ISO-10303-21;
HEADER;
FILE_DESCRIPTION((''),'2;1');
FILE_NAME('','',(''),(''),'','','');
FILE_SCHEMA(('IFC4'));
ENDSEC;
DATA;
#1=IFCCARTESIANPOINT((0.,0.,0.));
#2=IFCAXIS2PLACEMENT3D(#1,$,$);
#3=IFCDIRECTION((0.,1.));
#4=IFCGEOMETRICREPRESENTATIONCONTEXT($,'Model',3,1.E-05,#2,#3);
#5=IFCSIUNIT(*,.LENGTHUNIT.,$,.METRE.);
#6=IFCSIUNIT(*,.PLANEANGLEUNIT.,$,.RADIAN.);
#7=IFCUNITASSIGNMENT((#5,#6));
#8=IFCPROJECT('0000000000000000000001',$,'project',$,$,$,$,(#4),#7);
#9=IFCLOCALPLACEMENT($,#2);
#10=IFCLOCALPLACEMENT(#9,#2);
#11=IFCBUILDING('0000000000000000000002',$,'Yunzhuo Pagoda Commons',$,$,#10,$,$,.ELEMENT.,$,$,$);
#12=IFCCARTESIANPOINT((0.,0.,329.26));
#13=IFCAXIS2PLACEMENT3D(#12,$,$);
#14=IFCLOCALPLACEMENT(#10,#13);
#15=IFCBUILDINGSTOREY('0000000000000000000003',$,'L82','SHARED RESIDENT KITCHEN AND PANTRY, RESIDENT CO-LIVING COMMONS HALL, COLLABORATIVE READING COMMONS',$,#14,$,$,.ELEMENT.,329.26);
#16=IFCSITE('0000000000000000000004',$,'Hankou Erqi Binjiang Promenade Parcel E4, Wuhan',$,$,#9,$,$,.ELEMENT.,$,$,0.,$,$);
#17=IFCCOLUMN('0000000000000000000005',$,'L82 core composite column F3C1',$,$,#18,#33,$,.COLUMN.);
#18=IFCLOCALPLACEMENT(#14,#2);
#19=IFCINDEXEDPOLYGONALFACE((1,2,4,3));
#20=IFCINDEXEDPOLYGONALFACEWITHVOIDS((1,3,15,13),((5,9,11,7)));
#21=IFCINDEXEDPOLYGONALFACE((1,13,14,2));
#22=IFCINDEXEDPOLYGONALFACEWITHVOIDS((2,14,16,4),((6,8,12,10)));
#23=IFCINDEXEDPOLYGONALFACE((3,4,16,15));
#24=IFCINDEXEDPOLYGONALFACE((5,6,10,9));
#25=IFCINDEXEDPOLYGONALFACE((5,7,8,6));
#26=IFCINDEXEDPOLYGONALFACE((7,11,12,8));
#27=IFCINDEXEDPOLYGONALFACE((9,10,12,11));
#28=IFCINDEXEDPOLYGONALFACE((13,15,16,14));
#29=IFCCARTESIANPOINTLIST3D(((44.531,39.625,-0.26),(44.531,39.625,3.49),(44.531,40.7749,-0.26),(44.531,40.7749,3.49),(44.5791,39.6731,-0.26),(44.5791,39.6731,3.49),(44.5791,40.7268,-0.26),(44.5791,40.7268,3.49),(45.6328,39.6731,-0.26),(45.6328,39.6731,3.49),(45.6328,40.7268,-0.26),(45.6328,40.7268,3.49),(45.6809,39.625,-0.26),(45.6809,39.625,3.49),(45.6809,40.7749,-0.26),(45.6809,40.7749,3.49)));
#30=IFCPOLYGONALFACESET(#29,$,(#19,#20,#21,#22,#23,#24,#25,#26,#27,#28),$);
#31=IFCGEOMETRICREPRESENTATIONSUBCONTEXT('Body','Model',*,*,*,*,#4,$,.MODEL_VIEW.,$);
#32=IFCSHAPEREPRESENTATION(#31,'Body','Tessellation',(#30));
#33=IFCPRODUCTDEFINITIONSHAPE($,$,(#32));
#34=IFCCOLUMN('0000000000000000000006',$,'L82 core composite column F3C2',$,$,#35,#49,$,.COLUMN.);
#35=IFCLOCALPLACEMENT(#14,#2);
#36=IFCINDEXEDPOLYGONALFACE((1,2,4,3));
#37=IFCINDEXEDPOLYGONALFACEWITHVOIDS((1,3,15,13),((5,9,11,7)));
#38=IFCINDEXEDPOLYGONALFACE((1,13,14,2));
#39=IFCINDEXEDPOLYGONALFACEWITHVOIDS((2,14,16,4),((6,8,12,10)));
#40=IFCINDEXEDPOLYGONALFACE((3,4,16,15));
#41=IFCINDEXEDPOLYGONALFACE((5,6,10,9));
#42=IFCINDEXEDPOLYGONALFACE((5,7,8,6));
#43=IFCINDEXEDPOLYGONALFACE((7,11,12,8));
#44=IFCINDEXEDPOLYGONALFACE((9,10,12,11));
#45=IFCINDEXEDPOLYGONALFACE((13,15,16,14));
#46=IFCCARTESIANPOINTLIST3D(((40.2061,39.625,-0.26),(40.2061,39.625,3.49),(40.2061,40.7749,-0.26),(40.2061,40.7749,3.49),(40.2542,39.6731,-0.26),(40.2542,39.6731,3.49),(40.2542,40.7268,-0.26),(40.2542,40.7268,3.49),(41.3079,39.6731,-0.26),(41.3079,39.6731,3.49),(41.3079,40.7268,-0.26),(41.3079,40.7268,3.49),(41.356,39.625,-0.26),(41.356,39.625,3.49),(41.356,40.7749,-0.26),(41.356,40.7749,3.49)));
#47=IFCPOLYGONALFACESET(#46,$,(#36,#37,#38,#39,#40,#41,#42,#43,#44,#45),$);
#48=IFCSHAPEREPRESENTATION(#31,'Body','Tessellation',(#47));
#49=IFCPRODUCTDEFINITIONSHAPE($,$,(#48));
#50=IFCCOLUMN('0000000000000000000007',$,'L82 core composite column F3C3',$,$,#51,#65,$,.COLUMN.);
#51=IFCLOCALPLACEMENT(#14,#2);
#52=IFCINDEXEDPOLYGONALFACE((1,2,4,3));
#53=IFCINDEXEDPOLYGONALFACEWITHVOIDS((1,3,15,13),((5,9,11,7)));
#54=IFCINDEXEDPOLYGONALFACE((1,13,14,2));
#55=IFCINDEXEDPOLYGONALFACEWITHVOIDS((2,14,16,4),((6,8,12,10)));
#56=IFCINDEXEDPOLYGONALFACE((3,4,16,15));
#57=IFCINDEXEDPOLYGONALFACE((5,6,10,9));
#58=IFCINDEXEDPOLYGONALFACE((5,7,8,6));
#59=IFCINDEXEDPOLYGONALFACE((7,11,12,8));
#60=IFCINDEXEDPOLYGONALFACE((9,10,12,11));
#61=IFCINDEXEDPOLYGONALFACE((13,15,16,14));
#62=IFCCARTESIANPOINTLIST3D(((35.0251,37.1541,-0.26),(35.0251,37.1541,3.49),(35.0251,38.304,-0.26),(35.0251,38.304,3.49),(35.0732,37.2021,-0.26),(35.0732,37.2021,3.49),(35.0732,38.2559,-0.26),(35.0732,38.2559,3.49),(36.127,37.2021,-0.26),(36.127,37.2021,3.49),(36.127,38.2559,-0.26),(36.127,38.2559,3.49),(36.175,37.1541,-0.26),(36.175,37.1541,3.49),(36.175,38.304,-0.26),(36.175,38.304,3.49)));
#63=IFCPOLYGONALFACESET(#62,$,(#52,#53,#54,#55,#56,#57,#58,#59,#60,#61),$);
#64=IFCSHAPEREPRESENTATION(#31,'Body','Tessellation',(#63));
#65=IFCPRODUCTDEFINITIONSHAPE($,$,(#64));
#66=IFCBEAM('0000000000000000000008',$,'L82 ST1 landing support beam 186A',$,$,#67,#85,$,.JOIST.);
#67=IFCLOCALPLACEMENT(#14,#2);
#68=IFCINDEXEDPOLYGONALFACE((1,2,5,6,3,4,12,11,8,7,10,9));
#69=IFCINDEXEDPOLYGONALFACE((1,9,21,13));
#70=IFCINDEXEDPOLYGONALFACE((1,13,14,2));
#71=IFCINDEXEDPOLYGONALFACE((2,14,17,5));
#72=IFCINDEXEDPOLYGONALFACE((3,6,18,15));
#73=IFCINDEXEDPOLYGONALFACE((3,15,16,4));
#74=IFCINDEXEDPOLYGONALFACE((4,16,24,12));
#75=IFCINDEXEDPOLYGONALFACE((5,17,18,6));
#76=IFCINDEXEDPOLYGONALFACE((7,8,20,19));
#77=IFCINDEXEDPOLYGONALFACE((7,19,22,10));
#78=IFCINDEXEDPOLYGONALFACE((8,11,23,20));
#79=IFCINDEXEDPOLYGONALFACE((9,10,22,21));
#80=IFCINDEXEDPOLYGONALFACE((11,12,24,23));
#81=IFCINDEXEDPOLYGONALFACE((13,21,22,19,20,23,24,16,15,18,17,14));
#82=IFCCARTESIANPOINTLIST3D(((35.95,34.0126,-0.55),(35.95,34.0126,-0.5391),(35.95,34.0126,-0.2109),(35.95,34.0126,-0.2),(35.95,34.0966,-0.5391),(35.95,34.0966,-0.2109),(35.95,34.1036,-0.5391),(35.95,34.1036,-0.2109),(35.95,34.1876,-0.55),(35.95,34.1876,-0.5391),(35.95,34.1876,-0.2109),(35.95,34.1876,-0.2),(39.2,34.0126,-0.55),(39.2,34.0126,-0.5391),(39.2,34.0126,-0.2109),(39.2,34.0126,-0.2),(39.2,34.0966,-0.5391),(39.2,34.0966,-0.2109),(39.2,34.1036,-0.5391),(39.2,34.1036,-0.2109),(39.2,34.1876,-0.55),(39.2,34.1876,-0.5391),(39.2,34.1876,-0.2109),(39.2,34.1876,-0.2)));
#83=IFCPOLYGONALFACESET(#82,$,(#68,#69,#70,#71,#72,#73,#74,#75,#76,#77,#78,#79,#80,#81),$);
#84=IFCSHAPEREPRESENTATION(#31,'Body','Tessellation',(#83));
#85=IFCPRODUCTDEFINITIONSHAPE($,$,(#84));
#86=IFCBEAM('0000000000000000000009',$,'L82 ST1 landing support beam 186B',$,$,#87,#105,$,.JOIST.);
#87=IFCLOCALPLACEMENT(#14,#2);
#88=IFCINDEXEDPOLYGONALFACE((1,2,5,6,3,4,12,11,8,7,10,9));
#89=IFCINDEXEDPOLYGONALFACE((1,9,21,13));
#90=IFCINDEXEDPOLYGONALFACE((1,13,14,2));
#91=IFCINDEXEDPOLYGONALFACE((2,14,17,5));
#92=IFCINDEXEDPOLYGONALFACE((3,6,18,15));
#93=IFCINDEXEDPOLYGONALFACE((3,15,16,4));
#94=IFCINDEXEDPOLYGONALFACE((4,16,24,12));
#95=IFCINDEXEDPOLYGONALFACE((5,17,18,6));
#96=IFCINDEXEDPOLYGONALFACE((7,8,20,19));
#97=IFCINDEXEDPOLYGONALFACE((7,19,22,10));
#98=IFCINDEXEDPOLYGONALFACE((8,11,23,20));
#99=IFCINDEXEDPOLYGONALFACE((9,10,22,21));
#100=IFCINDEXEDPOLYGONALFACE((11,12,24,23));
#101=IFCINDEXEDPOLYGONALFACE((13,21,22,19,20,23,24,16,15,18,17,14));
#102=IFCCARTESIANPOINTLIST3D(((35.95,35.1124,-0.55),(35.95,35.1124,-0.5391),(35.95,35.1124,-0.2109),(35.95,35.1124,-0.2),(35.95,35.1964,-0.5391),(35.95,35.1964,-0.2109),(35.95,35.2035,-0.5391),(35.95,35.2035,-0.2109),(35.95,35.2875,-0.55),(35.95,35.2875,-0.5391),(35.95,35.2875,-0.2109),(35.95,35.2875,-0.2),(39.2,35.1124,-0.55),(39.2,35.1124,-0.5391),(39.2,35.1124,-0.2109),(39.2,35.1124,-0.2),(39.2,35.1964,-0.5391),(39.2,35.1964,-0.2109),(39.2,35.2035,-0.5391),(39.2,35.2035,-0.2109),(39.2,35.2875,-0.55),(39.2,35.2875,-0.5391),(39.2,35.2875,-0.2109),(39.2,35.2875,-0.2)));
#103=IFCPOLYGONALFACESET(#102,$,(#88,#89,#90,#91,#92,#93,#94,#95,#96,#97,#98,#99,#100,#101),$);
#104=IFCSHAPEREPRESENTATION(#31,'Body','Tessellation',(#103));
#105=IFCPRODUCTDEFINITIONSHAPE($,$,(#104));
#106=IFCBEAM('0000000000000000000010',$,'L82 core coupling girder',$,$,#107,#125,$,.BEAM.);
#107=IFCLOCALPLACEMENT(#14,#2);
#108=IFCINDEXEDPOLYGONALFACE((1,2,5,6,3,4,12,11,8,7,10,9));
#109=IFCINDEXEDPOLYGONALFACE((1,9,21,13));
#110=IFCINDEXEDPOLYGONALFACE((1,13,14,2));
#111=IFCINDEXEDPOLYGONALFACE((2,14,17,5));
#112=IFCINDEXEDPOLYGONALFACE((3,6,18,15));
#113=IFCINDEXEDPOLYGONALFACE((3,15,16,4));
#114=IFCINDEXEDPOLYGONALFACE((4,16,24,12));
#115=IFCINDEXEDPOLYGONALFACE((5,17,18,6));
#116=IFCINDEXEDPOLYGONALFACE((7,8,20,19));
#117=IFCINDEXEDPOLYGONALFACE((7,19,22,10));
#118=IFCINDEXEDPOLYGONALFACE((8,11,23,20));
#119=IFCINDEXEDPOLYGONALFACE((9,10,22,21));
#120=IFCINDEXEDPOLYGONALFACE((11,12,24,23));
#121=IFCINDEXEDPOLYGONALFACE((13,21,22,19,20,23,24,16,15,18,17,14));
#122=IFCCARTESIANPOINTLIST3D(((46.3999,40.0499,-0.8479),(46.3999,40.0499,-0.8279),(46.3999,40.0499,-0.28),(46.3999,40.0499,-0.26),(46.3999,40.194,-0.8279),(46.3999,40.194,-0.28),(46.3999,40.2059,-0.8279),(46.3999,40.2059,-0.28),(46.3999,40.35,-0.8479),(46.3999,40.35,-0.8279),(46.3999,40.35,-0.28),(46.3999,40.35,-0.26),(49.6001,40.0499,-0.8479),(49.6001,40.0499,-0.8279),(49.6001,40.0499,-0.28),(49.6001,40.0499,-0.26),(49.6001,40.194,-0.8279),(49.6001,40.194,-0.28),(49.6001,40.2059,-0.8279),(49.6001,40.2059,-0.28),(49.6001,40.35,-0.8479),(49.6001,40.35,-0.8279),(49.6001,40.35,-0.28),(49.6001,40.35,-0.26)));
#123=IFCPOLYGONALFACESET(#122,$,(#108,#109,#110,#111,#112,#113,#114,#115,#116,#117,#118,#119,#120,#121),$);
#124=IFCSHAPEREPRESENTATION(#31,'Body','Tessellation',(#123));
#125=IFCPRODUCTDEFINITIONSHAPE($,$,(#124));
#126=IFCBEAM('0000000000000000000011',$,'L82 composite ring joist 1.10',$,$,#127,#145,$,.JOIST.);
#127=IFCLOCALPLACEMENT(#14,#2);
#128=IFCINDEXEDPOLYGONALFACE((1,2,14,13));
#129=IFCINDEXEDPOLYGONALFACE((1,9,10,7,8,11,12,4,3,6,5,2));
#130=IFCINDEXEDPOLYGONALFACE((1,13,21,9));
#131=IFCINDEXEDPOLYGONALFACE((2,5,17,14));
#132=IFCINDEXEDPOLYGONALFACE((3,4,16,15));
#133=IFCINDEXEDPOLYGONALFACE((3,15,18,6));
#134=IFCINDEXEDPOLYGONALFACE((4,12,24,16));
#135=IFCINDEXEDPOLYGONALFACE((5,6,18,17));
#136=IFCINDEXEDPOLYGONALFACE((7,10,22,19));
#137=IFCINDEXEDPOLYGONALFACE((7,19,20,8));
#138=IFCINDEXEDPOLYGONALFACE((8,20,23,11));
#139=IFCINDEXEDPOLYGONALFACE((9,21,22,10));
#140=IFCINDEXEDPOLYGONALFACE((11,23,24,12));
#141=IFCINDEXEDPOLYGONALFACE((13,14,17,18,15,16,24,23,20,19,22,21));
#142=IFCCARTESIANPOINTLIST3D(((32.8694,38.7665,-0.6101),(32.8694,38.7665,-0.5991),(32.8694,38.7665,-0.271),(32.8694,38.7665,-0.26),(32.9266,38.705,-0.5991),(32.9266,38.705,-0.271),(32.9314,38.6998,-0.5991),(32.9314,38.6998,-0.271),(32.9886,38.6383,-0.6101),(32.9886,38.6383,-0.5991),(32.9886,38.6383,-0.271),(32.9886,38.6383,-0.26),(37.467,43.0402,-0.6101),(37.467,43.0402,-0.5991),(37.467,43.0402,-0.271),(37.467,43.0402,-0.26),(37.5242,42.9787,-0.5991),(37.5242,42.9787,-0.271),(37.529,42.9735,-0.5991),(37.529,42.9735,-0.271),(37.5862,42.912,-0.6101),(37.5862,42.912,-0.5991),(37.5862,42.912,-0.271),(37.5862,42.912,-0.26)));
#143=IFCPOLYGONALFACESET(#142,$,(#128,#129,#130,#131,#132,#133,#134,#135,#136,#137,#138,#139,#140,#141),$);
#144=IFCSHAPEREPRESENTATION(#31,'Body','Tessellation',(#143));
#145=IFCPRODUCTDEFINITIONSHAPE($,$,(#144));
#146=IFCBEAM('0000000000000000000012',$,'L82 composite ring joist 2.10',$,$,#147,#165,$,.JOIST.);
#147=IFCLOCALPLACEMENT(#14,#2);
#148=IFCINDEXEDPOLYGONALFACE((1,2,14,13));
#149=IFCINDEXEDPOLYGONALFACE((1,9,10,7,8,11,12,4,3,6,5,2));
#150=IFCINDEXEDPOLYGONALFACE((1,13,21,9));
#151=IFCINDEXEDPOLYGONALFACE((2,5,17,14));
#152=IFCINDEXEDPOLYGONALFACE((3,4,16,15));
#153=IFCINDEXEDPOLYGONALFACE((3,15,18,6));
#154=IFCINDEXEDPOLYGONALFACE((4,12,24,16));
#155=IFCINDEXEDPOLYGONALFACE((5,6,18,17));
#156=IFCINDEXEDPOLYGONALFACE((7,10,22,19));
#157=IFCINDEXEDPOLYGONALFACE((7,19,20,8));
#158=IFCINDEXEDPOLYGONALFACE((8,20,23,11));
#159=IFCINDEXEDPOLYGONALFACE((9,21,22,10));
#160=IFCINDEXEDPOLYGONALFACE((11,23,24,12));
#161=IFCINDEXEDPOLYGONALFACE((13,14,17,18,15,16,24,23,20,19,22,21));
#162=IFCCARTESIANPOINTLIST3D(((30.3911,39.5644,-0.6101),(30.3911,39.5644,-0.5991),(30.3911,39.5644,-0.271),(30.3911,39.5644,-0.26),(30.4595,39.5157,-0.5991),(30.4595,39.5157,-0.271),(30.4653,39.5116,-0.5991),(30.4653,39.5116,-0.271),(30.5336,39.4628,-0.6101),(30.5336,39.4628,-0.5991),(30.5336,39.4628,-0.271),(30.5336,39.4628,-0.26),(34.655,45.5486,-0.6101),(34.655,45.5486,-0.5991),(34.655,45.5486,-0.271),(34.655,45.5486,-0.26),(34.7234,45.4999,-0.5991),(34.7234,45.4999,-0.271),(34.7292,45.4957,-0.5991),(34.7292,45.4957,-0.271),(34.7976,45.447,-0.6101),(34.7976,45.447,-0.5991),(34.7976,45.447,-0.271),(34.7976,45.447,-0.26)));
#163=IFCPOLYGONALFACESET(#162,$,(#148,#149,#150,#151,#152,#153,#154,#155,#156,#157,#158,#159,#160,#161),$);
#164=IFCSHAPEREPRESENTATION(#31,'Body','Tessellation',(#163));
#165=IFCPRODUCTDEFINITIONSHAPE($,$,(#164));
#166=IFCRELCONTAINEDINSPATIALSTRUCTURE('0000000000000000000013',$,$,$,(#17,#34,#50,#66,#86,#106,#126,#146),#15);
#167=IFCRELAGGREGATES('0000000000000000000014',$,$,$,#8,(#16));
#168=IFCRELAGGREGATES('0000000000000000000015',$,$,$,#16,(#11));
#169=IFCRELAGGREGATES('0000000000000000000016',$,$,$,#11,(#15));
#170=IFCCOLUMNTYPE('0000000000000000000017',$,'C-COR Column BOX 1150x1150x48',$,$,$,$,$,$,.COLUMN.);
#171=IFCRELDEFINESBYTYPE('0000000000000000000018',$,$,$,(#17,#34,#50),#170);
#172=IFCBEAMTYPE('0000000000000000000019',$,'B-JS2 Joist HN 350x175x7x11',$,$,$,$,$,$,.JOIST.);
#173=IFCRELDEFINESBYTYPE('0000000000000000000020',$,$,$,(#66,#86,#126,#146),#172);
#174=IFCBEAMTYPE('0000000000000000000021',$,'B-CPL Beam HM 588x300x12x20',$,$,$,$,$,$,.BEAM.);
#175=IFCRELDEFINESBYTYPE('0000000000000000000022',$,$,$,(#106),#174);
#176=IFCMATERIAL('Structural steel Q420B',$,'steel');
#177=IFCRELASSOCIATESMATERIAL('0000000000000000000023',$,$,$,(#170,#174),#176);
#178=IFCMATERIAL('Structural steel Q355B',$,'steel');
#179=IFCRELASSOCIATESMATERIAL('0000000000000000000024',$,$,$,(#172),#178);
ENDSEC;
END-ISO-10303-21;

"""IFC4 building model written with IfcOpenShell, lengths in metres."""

from ifc_helpers import new_model, si_unit, direction, frame, origin, origin_2d, place, context, subcontext, project, spatial, hollow_rectangle, i_section, extrude, source, transform, mapped, material, material_profile, profile_set, type_object, element, save


model = new_model("IFC4")

# Units and contexts
model_context = context("Model", 3, precision=1e-05, world=origin(), true_north=direction((0.0, 1.0)))
body_context = subcontext(model_context, "Body", "Model", "MODEL_VIEW")
ifc_project = project(units=[si_unit("LENGTHUNIT", "METRE"), si_unit("PLANEANGLEUNIT", "RADIAN")], contexts=[model_context])

# Site, building, storey
site_placement = place(None, origin())
site = spatial("IfcSite", under=ifc_project, at=site_placement, Name="Hankou Erqi Binjiang Promenade Parcel E4, Wuhan", CompositionType="ELEMENT", RefElevation=0.0)
building_placement = place(site_placement, origin())
building = spatial("IfcBuilding", under=site, at=building_placement, Name="Yunzhuo Pagoda Commons", CompositionType="ELEMENT")
storey_placement = place(building_placement, frame((0.0, 0.0, 329.26)))
storey = spatial("IfcBuildingStorey", under=building, at=storey_placement, Name="L82", Description="SHARED RESIDENT KITCHEN AND PANTRY, RESIDENT CO-LIVING COMMONS HALL, COLLABORATIVE READING COMMONS", CompositionType="ELEMENT", Elevation=329.26)

# Columns
ifc_material_1 = material(Name="Structural steel Q420B", Category="steel")
ifc_material_profile_1 = material_profile(ifc_material_1, hollow_rectangle(XDim=1.1499, YDim=1.1499, WallThickness=0.0481, at=origin_2d()), Name="Structural steel Q420B")
ifc_profile_set_1 = profile_set([ifc_material_profile_1], Name="Structural steel Q420B")
column_type = type_object("IfcColumnType", Name="C-COR Column BOX 1150x1150x48", PredefinedType="COLUMN", material=ifc_profile_set_1)
shared_shape_1 = source(origin(), body_context, "Body", "SweptSolid", [
    extrude(hollow_rectangle(XDim=1.1499, YDim=1.1499, WallThickness=0.0481, at=origin_2d()), origin(), (0.0, 0.0, 1.0), 3.75),
])
for number, where, z_axis, x_axis, name in (
    (1, (45.106, 40.2, -0.26), (0.0, 0.0, 1.0), (1.0, 0.0, 0.0), "L82 core composite column F3C1"),
    (2, (40.781, 40.2, -0.26), (0.0, 0.0, 1.0), (1.0, 0.0, 0.0), "L82 core composite column F3C2"),
    (3, (35.6001, 37.729, -0.26), (0.0, 0.0, 1.0), (1.0, 0.0, 0.0), "L82 core composite column F3C3"),
):
    element("IfcColumn", number, at=place(storey_placement, frame(where, z_axis=z_axis, x_axis=x_axis)), inside=storey, type_object=column_type, Name=name, PredefinedType="COLUMN", context=body_context, shape_type="MappedRepresentation", body=[
        mapped(shared_shape_1, transform((0.0, 0.0, 0.0), scale=1.0)),
    ])

# Beams
ifc_material_2 = material(Name="Structural steel Q355B", Category="steel")
ifc_material_profile_2 = material_profile(ifc_material_2, i_section(OverallWidth=0.175, OverallDepth=0.3501, WebThickness=0.0071, FlangeThickness=0.011, at=origin_2d()), Name="Structural steel Q355B")
ifc_profile_set_2 = profile_set([ifc_material_profile_2], Name="Structural steel Q355B")
beam_type_1 = type_object("IfcBeamType", Name="B-JS2 Joist HN 350x175x7x11", PredefinedType="JOIST", material=ifc_profile_set_2)
shared_shape_2 = source(origin(), body_context, "Body", "SweptSolid", [
    extrude(i_section(OverallWidth=0.175, OverallDepth=0.3501, WebThickness=0.0071, FlangeThickness=0.011, at=origin_2d()), origin(), (0.0, 0.0, 1.0), 3.25),
])
for number, where, z_axis, x_axis, name in (
    (4, (35.95, 34.1001, -0.375), (1.0, 0.0, 0.0), (0.0, 1.0, 0.0), "L82 ST1 landing support beam 186A"),
    (5, (35.95, 35.2, -0.375), (1.0, 0.0, 0.0), (0.0, 1.0, 0.0), "L82 ST1 landing support beam 186B"),
):
    element("IfcBeam", number, at=place(storey_placement, frame(where, z_axis=z_axis, x_axis=x_axis)), inside=storey, type_object=beam_type_1, Name=name, PredefinedType="JOIST", context=body_context, shape_type="MappedRepresentation", body=[
        mapped(shared_shape_2, transform((0.0, 0.0, 0.0), scale=1.0)),
    ])
ifc_material_profile_3 = material_profile(ifc_material_1, i_section(OverallWidth=0.3, OverallDepth=0.5879, WebThickness=0.012, FlangeThickness=0.02, at=origin_2d()), Name="Structural steel Q420B")
ifc_profile_set_3 = profile_set([ifc_material_profile_3], Name="Structural steel Q420B")
beam_type_2 = type_object("IfcBeamType", Name="B-CPL Beam HM 588x300x12x20", PredefinedType="BEAM", material=ifc_profile_set_3)
shared_shape_3 = source(origin(), body_context, "Body", "SweptSolid", [
    extrude(i_section(OverallWidth=0.3, OverallDepth=0.5879, WebThickness=0.012, FlangeThickness=0.02, at=origin_2d()), origin(), (0.0, 0.0, 1.0), 3.2002),
])
beam_1_placement = place(storey_placement, frame((46.3999, 40.2, -0.554), z_axis=(1.0, 0.0, 0.0), x_axis=(0.0, 1.0, 0.0)))
element("IfcBeam", 6, at=beam_1_placement, inside=storey, type_object=beam_type_2, Name="L82 core coupling girder", PredefinedType="BEAM", context=body_context, shape_type="MappedRepresentation", body=[
    mapped(shared_shape_3, transform((0.0, 0.0, 0.0), scale=1.0)),
])
shared_shape_4 = source(origin(), body_context, "Body", "SweptSolid", [
    extrude(i_section(OverallWidth=0.175, OverallDepth=0.3501, WebThickness=0.0071, FlangeThickness=0.011, at=origin_2d()), origin(), (0.0, 0.0, 1.0), 6.2771),
])
beam_2_placement = place(storey_placement, frame((37.5266, 42.9761, -0.4351), z_axis=(-0.732442, -0.68083, 0.0), x_axis=(0.68083, -0.732442, 0.0)))
element("IfcBeam", 7, at=beam_2_placement, inside=storey, type_object=beam_type_1, Name="L82 composite ring joist 1.10", PredefinedType="JOIST", context=body_context, shape_type="MappedRepresentation", body=[
    mapped(shared_shape_4, transform((0.0, 0.0, 0.0), scale=1.0)),
])
shared_shape_5 = source(origin(), body_context, "Body", "SweptSolid", [
    extrude(i_section(OverallWidth=0.175, OverallDepth=0.3501, WebThickness=0.0071, FlangeThickness=0.011, at=origin_2d()), origin(), (0.0, 0.0, 1.0), 7.3479),
])
beam_3_placement = place(storey_placement, frame((34.7263, 45.4978, -0.4351), z_axis=(-0.580295, -0.814406, 0.0), x_axis=(0.814406, -0.580295, 0.0)))
element("IfcBeam", 8, at=beam_3_placement, inside=storey, type_object=beam_type_1, Name="L82 composite ring joist 2.10", PredefinedType="JOIST", context=body_context, shape_type="MappedRepresentation", body=[
    mapped(shared_shape_5, transform((0.0, 0.0, 0.0), scale=1.0)),
])

save(model, "model.ifc")
